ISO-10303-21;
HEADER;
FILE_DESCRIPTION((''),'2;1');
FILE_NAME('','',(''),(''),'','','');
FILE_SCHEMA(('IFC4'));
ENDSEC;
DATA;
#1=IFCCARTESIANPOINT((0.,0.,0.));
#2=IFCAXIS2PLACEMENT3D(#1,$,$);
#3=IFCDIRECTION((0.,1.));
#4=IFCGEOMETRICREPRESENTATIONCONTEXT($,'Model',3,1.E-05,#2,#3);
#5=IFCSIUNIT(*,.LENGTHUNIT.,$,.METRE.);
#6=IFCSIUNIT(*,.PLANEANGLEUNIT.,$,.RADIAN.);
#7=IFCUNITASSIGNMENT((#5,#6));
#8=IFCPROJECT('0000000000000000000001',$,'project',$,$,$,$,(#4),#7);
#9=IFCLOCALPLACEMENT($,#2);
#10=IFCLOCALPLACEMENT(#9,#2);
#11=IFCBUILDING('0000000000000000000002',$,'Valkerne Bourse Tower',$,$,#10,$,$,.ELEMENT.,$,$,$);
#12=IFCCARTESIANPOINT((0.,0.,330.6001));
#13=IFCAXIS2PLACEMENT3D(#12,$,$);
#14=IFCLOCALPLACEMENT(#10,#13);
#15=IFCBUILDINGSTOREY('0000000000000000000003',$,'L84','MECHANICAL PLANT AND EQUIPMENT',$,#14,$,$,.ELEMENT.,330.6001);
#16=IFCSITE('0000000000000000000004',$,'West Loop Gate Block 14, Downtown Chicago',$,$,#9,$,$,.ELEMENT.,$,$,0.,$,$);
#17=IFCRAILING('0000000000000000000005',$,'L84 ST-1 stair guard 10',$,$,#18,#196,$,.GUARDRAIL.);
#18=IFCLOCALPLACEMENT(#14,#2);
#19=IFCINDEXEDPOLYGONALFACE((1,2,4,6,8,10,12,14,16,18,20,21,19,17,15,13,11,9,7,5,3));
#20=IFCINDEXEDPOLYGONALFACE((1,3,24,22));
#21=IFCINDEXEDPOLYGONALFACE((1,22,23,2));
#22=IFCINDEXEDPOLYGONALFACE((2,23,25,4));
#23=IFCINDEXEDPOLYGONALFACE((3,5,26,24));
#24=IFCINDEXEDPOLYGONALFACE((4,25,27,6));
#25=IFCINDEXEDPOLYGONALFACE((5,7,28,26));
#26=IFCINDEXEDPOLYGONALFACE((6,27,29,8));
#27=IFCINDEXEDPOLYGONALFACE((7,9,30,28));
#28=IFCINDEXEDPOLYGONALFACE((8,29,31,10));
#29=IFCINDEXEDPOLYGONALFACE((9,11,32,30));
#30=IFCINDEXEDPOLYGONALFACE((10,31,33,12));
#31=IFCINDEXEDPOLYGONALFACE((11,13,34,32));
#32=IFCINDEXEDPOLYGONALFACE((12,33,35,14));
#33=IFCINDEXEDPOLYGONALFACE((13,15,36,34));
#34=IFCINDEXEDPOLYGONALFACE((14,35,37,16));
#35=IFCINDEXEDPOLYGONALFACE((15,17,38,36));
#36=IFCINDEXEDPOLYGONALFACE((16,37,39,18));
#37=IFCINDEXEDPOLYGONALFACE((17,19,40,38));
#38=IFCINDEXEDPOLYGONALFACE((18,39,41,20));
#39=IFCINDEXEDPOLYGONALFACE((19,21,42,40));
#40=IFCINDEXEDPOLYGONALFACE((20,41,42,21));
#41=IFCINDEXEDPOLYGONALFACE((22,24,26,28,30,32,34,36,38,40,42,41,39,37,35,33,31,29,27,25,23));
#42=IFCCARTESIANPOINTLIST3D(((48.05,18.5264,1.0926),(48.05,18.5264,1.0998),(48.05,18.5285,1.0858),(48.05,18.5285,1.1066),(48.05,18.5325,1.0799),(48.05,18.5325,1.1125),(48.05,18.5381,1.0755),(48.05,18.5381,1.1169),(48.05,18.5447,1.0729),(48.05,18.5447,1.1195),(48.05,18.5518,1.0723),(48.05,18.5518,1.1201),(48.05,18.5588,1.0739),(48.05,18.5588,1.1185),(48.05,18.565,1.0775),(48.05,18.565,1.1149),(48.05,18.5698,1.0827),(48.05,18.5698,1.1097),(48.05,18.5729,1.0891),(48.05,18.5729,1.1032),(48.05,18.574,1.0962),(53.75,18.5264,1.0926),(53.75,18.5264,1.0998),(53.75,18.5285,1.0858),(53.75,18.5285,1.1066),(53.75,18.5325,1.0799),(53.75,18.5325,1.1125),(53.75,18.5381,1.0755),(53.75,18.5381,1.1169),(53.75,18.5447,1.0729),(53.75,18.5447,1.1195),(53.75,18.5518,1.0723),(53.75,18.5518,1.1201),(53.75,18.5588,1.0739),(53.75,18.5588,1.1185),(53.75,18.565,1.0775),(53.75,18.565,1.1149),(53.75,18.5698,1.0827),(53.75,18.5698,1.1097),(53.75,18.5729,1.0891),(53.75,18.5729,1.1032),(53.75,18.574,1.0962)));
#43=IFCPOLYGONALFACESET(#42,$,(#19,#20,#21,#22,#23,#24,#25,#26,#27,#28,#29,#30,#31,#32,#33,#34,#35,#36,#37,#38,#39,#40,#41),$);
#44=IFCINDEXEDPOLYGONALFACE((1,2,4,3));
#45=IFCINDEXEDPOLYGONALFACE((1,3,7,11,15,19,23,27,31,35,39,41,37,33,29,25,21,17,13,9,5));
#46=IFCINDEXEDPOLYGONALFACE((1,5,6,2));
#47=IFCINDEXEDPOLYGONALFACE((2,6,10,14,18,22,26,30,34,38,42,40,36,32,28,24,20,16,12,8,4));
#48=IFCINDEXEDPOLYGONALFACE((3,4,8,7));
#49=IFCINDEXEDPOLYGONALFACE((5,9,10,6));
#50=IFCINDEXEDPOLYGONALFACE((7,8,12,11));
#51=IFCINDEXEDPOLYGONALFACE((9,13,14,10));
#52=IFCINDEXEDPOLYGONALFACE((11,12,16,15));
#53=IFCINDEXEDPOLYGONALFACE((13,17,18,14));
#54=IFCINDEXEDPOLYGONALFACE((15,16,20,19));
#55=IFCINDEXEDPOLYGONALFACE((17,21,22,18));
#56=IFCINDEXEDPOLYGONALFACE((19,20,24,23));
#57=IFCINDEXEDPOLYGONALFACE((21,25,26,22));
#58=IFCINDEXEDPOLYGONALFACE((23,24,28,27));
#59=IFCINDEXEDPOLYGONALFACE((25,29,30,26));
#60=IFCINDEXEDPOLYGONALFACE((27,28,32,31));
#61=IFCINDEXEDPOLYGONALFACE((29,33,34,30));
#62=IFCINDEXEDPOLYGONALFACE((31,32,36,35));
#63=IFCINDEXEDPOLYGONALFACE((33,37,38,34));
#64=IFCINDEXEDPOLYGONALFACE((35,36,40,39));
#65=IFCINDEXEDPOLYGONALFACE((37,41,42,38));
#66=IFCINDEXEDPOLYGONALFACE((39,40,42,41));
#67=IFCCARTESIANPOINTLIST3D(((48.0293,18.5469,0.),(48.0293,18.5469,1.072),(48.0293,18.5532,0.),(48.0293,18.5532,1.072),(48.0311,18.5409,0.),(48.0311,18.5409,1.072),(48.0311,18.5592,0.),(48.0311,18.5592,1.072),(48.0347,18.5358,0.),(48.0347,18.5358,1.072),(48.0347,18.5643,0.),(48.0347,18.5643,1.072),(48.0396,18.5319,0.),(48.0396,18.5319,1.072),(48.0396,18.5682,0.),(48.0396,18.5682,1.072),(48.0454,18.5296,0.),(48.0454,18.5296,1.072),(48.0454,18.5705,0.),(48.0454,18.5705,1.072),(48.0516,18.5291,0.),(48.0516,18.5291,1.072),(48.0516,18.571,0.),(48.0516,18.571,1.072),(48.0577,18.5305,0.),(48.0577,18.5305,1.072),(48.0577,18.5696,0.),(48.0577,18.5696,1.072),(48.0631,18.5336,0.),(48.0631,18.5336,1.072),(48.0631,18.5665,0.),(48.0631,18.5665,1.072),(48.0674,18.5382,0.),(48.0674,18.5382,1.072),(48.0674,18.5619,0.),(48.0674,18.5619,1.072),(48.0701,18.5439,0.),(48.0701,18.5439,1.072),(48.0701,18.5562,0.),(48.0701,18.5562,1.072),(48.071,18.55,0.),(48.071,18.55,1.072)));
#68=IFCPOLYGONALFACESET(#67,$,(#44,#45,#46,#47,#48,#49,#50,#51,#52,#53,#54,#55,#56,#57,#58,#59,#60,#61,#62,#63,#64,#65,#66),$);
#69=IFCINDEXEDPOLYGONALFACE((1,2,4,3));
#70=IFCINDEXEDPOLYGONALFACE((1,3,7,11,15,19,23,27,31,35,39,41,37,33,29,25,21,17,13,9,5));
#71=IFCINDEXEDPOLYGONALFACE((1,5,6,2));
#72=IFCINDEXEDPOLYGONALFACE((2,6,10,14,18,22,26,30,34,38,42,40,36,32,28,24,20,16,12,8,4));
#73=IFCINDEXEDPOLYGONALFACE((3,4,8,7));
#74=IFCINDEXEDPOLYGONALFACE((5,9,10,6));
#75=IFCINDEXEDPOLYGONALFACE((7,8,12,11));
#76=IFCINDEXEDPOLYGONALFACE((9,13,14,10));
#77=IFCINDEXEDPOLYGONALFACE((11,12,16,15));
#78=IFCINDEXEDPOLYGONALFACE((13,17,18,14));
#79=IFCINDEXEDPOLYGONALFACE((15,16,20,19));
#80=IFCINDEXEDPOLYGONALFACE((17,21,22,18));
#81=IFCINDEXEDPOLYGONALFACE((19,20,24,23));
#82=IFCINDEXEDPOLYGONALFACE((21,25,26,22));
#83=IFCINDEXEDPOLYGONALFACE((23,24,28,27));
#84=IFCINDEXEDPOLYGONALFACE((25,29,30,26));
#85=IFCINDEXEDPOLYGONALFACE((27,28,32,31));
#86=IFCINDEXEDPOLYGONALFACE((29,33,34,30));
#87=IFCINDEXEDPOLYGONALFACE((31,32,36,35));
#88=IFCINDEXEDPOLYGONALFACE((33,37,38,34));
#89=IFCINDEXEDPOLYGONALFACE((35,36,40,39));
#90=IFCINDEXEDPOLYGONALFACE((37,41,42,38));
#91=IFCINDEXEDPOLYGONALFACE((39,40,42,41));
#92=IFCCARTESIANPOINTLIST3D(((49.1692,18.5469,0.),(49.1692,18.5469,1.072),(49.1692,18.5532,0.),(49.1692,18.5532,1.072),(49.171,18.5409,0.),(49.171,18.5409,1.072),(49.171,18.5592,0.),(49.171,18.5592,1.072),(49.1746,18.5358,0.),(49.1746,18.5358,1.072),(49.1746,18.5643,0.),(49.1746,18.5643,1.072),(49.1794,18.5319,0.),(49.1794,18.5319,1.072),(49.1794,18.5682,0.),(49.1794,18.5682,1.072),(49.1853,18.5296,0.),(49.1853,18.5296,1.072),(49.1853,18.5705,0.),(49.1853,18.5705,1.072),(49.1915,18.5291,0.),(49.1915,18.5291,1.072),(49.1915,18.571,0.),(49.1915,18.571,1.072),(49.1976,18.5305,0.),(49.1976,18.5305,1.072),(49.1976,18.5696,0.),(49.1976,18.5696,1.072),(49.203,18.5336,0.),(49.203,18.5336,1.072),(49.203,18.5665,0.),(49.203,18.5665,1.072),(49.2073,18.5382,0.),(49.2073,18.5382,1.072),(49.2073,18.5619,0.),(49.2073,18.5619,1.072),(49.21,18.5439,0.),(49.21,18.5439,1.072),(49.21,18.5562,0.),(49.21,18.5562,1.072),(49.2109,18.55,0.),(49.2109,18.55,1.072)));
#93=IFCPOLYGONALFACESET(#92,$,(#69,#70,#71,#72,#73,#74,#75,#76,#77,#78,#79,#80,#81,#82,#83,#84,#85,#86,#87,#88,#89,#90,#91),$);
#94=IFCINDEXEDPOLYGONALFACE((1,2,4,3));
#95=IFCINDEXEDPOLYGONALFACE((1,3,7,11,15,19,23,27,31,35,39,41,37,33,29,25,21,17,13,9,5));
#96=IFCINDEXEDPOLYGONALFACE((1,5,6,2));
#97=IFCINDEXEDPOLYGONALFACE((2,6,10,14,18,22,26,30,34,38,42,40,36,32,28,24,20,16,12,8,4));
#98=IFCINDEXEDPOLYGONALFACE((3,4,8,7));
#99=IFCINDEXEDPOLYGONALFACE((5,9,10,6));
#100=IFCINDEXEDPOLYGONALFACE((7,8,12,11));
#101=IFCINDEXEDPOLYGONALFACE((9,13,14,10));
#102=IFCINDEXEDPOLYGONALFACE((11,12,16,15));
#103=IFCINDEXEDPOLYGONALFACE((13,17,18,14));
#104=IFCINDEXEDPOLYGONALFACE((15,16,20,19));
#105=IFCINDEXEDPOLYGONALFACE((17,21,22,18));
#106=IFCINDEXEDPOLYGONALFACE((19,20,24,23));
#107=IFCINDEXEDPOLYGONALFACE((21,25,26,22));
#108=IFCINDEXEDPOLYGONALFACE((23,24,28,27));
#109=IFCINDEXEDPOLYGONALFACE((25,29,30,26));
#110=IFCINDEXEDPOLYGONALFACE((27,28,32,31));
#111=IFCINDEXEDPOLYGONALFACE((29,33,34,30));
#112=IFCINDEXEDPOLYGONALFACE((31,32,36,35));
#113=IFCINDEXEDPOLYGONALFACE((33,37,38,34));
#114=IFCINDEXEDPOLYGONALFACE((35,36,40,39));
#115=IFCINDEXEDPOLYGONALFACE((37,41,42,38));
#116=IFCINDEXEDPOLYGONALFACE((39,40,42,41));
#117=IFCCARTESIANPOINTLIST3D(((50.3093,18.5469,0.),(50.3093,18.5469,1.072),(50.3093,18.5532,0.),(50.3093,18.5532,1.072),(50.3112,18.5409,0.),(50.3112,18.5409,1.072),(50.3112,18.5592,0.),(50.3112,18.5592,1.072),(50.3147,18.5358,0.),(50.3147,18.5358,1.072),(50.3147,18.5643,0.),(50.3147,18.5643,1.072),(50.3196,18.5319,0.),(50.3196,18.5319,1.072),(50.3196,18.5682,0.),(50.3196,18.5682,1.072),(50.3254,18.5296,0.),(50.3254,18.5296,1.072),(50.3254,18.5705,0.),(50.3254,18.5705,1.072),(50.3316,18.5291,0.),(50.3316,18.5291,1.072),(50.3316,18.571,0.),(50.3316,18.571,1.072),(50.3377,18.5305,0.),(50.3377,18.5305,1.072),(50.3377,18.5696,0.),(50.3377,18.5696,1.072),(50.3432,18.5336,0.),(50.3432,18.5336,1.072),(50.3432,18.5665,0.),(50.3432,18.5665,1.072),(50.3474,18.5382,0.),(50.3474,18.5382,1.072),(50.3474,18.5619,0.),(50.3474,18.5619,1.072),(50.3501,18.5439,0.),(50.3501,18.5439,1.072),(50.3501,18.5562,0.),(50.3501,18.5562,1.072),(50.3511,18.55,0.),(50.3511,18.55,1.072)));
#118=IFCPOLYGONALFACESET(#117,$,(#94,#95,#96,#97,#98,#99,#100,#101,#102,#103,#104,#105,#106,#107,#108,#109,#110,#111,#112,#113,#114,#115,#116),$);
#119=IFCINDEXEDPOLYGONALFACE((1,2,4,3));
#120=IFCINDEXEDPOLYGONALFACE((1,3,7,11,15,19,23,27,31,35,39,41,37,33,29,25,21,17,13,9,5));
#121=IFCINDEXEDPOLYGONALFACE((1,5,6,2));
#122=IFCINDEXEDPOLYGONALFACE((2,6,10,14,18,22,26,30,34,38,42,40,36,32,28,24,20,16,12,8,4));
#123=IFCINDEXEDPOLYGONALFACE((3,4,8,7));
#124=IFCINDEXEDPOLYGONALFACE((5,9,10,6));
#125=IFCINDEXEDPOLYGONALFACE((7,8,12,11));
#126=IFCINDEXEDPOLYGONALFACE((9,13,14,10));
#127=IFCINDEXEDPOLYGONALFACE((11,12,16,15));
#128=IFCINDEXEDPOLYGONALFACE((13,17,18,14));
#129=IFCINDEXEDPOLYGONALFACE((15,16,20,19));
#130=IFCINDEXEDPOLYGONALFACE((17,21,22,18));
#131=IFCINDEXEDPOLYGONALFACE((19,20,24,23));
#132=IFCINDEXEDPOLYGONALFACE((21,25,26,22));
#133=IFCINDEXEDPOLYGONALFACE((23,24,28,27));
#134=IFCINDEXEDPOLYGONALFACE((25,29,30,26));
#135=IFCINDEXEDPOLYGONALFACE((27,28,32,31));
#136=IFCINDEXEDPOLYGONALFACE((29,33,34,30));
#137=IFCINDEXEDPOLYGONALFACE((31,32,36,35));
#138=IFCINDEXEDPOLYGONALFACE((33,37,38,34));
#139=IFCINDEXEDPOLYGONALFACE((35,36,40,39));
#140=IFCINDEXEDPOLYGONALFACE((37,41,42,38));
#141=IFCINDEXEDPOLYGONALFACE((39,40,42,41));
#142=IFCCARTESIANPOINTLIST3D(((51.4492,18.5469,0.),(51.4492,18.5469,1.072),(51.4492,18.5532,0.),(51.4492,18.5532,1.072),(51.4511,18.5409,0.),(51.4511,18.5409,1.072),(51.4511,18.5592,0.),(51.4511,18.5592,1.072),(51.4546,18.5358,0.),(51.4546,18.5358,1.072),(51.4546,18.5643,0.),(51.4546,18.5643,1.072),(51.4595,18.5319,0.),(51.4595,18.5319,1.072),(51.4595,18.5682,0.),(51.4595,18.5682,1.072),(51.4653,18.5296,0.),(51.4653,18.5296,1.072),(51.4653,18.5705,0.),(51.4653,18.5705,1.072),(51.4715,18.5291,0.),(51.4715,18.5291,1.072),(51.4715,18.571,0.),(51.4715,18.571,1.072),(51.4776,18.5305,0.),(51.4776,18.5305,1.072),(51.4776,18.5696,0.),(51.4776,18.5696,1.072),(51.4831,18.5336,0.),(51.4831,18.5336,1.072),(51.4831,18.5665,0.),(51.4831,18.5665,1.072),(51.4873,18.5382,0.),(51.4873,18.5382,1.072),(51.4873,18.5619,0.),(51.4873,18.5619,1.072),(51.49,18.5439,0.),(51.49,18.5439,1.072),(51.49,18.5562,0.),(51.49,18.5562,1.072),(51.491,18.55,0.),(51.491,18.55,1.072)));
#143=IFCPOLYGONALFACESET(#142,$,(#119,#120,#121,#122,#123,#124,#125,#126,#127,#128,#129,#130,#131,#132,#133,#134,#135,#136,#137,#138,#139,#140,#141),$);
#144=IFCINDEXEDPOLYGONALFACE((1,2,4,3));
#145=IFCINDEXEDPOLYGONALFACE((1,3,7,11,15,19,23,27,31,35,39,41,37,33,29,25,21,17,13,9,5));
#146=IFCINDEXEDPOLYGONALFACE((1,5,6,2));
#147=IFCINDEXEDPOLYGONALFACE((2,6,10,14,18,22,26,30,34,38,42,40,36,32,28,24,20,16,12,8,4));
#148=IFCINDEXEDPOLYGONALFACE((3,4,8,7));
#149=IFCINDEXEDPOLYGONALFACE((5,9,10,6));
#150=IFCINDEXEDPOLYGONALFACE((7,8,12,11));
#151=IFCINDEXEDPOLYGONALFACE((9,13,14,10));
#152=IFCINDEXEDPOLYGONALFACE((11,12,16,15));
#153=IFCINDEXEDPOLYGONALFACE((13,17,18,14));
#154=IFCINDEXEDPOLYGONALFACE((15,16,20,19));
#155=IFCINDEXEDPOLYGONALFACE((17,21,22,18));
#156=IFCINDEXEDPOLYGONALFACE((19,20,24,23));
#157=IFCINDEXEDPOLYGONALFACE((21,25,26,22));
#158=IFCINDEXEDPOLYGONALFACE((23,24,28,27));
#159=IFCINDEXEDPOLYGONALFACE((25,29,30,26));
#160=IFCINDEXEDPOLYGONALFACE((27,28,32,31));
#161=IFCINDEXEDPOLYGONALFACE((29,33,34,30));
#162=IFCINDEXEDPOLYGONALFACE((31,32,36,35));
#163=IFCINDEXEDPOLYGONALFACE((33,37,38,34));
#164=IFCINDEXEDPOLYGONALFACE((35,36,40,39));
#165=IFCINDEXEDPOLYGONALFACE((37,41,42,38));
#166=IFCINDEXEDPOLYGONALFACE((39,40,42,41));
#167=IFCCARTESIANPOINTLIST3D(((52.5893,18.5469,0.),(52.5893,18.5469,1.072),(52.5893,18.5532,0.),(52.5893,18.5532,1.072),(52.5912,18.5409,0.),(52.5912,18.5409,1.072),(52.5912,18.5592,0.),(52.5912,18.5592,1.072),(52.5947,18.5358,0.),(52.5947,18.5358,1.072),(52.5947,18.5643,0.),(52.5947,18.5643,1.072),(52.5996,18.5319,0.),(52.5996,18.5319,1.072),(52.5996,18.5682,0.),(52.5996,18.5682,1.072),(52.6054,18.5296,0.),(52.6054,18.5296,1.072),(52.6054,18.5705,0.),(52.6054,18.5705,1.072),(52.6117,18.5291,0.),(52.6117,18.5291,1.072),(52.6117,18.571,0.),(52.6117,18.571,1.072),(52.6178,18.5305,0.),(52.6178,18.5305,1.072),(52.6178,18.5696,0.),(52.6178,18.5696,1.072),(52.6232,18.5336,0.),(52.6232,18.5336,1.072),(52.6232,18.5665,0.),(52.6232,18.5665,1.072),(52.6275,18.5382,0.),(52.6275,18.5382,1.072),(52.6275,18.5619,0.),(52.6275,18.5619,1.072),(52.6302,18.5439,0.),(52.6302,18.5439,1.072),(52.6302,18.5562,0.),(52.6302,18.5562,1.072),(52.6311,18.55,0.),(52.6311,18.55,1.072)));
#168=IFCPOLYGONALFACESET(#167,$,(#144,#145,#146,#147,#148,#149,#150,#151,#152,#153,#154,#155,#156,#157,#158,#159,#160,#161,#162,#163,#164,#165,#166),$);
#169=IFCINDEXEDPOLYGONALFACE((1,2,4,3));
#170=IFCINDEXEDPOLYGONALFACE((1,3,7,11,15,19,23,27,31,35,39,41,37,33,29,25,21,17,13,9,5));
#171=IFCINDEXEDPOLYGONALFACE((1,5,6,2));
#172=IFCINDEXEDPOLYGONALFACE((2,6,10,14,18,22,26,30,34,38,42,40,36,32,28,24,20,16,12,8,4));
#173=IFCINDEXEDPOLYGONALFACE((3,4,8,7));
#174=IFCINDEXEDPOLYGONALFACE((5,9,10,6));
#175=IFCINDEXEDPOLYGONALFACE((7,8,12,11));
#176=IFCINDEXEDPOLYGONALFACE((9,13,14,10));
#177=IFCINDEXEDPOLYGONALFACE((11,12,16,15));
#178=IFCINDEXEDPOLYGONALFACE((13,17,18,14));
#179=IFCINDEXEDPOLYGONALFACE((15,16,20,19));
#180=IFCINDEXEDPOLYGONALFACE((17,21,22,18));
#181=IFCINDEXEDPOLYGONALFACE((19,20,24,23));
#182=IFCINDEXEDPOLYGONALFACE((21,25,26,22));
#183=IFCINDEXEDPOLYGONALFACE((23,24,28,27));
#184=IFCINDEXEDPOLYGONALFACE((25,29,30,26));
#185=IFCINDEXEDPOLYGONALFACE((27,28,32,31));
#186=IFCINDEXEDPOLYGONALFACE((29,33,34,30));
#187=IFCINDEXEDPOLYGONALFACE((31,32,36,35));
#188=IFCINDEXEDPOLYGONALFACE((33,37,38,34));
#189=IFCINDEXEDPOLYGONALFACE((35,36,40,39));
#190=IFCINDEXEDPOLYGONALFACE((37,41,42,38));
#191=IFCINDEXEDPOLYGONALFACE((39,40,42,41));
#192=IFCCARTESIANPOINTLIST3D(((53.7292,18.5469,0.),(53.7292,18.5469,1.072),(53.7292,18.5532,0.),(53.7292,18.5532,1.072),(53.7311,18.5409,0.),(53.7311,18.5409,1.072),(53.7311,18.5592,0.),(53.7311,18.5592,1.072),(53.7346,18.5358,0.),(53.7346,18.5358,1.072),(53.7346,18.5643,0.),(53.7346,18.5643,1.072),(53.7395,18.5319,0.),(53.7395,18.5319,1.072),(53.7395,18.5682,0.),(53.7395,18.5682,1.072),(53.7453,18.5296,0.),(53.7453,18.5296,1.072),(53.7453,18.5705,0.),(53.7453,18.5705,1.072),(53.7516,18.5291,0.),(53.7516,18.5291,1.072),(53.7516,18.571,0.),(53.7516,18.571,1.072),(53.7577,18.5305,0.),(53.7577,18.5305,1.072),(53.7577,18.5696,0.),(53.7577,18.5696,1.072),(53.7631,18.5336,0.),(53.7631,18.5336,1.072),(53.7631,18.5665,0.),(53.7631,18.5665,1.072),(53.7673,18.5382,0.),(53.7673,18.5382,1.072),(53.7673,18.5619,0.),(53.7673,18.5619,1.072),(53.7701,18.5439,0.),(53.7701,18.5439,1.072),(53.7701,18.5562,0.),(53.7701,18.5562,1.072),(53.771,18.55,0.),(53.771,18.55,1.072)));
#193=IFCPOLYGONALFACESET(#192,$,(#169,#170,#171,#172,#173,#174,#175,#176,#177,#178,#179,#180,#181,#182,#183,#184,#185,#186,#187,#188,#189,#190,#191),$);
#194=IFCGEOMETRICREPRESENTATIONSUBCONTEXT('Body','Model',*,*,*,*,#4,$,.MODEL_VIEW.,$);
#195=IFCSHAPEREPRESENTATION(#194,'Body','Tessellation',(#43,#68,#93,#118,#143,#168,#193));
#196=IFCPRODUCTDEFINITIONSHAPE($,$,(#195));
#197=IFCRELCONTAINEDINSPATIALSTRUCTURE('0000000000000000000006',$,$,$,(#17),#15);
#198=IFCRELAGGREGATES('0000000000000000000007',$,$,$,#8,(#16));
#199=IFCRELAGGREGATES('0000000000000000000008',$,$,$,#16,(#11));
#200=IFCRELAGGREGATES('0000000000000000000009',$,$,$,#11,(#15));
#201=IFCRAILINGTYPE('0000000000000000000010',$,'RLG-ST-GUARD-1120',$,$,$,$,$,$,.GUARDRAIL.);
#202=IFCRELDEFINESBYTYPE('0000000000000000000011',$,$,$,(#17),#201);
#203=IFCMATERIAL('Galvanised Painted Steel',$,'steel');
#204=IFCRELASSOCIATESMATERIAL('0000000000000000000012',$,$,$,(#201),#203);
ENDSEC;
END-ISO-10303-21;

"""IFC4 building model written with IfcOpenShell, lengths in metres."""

from ifc_helpers import new_model, si_unit, direction, frame, origin, origin_2d, place, context, subcontext, project, spatial, circle, extrude, material, type_object, element, save


model = new_model("IFC4")

# Units and contexts
model_context = context("Model", 3, precision=1e-05, world=origin(), true_north=direction((0.0, 1.0)))
body_context = subcontext(model_context, "Body", "Model", "MODEL_VIEW")
ifc_project = project(units=[si_unit("LENGTHUNIT", "METRE"), si_unit("PLANEANGLEUNIT", "RADIAN")], contexts=[model_context])

# Site, building, storey
site_placement = place(None, origin())
site = spatial("IfcSite", under=ifc_project, at=site_placement, Name="West Loop Gate Block 14, Downtown Chicago", CompositionType="ELEMENT", RefElevation=0.0)
building_placement = place(site_placement, origin())
building = spatial("IfcBuilding", under=site, at=building_placement, Name="Valkerne Bourse Tower", CompositionType="ELEMENT")
storey_placement = place(building_placement, frame((0.0, 0.0, 330.6001)))
storey = spatial("IfcBuildingStorey", under=building, at=storey_placement, Name="L84", Description="MECHANICAL PLANT AND EQUIPMENT", CompositionType="ELEMENT", Elevation=330.6001)

# Shared definitions
ifc_material_1 = material(Name="Galvanised Painted Steel", Category="steel")

# Railing
railing_type_1 = type_object("IfcRailingType", Name="RLG-ST-GUARD-1120", PredefinedType="GUARDRAIL", material=ifc_material_1)
for number, where, name in (
    (1, (48.05, 18.55, 0.0), "L84 ST-1 stair guard 10"),
):
    element("IfcRailing", number, at=place(storey_placement, frame(where)), inside=storey, type_object=railing_type_1, Name=name, PredefinedType="GUARDRAIL", context=body_context, shape_type="SweptSolid", body=[
        extrude(circle(Radius=0.0239, at=origin_2d()), frame((0.0, 0.0, 1.0962), z_axis=(1.0, 0.0, 0.0), x_axis=(0.0, 1.0, 0.0)), (0.0, 0.0, 1.0), 5.7),
        extrude(circle(Radius=0.021, at=origin_2d()), origin(), (0.0, 0.0, 1.0), 1.072),
        extrude(circle(Radius=0.021, at=origin_2d()), frame((1.1399, 0.0, 0.0)), (0.0, 0.0, 1.0), 1.072),
        extrude(circle(Radius=0.021, at=origin_2d()), frame((2.28, 0.0, 0.0)), (0.0, 0.0, 1.0), 1.072),
        extrude(circle(Radius=0.021, at=origin_2d()), frame((3.4199, 0.0, 0.0)), (0.0, 0.0, 1.0), 1.072),
        extrude(circle(Radius=0.021, at=origin_2d()), frame((4.5601, 0.0, 0.0)), (0.0, 0.0, 1.0), 1.072),
        extrude(circle(Radius=0.021, at=origin_2d()), frame((5.7, 0.0, 0.0)), (0.0, 0.0, 1.0), 1.072),
    ])

save(model, "model.ifc")
